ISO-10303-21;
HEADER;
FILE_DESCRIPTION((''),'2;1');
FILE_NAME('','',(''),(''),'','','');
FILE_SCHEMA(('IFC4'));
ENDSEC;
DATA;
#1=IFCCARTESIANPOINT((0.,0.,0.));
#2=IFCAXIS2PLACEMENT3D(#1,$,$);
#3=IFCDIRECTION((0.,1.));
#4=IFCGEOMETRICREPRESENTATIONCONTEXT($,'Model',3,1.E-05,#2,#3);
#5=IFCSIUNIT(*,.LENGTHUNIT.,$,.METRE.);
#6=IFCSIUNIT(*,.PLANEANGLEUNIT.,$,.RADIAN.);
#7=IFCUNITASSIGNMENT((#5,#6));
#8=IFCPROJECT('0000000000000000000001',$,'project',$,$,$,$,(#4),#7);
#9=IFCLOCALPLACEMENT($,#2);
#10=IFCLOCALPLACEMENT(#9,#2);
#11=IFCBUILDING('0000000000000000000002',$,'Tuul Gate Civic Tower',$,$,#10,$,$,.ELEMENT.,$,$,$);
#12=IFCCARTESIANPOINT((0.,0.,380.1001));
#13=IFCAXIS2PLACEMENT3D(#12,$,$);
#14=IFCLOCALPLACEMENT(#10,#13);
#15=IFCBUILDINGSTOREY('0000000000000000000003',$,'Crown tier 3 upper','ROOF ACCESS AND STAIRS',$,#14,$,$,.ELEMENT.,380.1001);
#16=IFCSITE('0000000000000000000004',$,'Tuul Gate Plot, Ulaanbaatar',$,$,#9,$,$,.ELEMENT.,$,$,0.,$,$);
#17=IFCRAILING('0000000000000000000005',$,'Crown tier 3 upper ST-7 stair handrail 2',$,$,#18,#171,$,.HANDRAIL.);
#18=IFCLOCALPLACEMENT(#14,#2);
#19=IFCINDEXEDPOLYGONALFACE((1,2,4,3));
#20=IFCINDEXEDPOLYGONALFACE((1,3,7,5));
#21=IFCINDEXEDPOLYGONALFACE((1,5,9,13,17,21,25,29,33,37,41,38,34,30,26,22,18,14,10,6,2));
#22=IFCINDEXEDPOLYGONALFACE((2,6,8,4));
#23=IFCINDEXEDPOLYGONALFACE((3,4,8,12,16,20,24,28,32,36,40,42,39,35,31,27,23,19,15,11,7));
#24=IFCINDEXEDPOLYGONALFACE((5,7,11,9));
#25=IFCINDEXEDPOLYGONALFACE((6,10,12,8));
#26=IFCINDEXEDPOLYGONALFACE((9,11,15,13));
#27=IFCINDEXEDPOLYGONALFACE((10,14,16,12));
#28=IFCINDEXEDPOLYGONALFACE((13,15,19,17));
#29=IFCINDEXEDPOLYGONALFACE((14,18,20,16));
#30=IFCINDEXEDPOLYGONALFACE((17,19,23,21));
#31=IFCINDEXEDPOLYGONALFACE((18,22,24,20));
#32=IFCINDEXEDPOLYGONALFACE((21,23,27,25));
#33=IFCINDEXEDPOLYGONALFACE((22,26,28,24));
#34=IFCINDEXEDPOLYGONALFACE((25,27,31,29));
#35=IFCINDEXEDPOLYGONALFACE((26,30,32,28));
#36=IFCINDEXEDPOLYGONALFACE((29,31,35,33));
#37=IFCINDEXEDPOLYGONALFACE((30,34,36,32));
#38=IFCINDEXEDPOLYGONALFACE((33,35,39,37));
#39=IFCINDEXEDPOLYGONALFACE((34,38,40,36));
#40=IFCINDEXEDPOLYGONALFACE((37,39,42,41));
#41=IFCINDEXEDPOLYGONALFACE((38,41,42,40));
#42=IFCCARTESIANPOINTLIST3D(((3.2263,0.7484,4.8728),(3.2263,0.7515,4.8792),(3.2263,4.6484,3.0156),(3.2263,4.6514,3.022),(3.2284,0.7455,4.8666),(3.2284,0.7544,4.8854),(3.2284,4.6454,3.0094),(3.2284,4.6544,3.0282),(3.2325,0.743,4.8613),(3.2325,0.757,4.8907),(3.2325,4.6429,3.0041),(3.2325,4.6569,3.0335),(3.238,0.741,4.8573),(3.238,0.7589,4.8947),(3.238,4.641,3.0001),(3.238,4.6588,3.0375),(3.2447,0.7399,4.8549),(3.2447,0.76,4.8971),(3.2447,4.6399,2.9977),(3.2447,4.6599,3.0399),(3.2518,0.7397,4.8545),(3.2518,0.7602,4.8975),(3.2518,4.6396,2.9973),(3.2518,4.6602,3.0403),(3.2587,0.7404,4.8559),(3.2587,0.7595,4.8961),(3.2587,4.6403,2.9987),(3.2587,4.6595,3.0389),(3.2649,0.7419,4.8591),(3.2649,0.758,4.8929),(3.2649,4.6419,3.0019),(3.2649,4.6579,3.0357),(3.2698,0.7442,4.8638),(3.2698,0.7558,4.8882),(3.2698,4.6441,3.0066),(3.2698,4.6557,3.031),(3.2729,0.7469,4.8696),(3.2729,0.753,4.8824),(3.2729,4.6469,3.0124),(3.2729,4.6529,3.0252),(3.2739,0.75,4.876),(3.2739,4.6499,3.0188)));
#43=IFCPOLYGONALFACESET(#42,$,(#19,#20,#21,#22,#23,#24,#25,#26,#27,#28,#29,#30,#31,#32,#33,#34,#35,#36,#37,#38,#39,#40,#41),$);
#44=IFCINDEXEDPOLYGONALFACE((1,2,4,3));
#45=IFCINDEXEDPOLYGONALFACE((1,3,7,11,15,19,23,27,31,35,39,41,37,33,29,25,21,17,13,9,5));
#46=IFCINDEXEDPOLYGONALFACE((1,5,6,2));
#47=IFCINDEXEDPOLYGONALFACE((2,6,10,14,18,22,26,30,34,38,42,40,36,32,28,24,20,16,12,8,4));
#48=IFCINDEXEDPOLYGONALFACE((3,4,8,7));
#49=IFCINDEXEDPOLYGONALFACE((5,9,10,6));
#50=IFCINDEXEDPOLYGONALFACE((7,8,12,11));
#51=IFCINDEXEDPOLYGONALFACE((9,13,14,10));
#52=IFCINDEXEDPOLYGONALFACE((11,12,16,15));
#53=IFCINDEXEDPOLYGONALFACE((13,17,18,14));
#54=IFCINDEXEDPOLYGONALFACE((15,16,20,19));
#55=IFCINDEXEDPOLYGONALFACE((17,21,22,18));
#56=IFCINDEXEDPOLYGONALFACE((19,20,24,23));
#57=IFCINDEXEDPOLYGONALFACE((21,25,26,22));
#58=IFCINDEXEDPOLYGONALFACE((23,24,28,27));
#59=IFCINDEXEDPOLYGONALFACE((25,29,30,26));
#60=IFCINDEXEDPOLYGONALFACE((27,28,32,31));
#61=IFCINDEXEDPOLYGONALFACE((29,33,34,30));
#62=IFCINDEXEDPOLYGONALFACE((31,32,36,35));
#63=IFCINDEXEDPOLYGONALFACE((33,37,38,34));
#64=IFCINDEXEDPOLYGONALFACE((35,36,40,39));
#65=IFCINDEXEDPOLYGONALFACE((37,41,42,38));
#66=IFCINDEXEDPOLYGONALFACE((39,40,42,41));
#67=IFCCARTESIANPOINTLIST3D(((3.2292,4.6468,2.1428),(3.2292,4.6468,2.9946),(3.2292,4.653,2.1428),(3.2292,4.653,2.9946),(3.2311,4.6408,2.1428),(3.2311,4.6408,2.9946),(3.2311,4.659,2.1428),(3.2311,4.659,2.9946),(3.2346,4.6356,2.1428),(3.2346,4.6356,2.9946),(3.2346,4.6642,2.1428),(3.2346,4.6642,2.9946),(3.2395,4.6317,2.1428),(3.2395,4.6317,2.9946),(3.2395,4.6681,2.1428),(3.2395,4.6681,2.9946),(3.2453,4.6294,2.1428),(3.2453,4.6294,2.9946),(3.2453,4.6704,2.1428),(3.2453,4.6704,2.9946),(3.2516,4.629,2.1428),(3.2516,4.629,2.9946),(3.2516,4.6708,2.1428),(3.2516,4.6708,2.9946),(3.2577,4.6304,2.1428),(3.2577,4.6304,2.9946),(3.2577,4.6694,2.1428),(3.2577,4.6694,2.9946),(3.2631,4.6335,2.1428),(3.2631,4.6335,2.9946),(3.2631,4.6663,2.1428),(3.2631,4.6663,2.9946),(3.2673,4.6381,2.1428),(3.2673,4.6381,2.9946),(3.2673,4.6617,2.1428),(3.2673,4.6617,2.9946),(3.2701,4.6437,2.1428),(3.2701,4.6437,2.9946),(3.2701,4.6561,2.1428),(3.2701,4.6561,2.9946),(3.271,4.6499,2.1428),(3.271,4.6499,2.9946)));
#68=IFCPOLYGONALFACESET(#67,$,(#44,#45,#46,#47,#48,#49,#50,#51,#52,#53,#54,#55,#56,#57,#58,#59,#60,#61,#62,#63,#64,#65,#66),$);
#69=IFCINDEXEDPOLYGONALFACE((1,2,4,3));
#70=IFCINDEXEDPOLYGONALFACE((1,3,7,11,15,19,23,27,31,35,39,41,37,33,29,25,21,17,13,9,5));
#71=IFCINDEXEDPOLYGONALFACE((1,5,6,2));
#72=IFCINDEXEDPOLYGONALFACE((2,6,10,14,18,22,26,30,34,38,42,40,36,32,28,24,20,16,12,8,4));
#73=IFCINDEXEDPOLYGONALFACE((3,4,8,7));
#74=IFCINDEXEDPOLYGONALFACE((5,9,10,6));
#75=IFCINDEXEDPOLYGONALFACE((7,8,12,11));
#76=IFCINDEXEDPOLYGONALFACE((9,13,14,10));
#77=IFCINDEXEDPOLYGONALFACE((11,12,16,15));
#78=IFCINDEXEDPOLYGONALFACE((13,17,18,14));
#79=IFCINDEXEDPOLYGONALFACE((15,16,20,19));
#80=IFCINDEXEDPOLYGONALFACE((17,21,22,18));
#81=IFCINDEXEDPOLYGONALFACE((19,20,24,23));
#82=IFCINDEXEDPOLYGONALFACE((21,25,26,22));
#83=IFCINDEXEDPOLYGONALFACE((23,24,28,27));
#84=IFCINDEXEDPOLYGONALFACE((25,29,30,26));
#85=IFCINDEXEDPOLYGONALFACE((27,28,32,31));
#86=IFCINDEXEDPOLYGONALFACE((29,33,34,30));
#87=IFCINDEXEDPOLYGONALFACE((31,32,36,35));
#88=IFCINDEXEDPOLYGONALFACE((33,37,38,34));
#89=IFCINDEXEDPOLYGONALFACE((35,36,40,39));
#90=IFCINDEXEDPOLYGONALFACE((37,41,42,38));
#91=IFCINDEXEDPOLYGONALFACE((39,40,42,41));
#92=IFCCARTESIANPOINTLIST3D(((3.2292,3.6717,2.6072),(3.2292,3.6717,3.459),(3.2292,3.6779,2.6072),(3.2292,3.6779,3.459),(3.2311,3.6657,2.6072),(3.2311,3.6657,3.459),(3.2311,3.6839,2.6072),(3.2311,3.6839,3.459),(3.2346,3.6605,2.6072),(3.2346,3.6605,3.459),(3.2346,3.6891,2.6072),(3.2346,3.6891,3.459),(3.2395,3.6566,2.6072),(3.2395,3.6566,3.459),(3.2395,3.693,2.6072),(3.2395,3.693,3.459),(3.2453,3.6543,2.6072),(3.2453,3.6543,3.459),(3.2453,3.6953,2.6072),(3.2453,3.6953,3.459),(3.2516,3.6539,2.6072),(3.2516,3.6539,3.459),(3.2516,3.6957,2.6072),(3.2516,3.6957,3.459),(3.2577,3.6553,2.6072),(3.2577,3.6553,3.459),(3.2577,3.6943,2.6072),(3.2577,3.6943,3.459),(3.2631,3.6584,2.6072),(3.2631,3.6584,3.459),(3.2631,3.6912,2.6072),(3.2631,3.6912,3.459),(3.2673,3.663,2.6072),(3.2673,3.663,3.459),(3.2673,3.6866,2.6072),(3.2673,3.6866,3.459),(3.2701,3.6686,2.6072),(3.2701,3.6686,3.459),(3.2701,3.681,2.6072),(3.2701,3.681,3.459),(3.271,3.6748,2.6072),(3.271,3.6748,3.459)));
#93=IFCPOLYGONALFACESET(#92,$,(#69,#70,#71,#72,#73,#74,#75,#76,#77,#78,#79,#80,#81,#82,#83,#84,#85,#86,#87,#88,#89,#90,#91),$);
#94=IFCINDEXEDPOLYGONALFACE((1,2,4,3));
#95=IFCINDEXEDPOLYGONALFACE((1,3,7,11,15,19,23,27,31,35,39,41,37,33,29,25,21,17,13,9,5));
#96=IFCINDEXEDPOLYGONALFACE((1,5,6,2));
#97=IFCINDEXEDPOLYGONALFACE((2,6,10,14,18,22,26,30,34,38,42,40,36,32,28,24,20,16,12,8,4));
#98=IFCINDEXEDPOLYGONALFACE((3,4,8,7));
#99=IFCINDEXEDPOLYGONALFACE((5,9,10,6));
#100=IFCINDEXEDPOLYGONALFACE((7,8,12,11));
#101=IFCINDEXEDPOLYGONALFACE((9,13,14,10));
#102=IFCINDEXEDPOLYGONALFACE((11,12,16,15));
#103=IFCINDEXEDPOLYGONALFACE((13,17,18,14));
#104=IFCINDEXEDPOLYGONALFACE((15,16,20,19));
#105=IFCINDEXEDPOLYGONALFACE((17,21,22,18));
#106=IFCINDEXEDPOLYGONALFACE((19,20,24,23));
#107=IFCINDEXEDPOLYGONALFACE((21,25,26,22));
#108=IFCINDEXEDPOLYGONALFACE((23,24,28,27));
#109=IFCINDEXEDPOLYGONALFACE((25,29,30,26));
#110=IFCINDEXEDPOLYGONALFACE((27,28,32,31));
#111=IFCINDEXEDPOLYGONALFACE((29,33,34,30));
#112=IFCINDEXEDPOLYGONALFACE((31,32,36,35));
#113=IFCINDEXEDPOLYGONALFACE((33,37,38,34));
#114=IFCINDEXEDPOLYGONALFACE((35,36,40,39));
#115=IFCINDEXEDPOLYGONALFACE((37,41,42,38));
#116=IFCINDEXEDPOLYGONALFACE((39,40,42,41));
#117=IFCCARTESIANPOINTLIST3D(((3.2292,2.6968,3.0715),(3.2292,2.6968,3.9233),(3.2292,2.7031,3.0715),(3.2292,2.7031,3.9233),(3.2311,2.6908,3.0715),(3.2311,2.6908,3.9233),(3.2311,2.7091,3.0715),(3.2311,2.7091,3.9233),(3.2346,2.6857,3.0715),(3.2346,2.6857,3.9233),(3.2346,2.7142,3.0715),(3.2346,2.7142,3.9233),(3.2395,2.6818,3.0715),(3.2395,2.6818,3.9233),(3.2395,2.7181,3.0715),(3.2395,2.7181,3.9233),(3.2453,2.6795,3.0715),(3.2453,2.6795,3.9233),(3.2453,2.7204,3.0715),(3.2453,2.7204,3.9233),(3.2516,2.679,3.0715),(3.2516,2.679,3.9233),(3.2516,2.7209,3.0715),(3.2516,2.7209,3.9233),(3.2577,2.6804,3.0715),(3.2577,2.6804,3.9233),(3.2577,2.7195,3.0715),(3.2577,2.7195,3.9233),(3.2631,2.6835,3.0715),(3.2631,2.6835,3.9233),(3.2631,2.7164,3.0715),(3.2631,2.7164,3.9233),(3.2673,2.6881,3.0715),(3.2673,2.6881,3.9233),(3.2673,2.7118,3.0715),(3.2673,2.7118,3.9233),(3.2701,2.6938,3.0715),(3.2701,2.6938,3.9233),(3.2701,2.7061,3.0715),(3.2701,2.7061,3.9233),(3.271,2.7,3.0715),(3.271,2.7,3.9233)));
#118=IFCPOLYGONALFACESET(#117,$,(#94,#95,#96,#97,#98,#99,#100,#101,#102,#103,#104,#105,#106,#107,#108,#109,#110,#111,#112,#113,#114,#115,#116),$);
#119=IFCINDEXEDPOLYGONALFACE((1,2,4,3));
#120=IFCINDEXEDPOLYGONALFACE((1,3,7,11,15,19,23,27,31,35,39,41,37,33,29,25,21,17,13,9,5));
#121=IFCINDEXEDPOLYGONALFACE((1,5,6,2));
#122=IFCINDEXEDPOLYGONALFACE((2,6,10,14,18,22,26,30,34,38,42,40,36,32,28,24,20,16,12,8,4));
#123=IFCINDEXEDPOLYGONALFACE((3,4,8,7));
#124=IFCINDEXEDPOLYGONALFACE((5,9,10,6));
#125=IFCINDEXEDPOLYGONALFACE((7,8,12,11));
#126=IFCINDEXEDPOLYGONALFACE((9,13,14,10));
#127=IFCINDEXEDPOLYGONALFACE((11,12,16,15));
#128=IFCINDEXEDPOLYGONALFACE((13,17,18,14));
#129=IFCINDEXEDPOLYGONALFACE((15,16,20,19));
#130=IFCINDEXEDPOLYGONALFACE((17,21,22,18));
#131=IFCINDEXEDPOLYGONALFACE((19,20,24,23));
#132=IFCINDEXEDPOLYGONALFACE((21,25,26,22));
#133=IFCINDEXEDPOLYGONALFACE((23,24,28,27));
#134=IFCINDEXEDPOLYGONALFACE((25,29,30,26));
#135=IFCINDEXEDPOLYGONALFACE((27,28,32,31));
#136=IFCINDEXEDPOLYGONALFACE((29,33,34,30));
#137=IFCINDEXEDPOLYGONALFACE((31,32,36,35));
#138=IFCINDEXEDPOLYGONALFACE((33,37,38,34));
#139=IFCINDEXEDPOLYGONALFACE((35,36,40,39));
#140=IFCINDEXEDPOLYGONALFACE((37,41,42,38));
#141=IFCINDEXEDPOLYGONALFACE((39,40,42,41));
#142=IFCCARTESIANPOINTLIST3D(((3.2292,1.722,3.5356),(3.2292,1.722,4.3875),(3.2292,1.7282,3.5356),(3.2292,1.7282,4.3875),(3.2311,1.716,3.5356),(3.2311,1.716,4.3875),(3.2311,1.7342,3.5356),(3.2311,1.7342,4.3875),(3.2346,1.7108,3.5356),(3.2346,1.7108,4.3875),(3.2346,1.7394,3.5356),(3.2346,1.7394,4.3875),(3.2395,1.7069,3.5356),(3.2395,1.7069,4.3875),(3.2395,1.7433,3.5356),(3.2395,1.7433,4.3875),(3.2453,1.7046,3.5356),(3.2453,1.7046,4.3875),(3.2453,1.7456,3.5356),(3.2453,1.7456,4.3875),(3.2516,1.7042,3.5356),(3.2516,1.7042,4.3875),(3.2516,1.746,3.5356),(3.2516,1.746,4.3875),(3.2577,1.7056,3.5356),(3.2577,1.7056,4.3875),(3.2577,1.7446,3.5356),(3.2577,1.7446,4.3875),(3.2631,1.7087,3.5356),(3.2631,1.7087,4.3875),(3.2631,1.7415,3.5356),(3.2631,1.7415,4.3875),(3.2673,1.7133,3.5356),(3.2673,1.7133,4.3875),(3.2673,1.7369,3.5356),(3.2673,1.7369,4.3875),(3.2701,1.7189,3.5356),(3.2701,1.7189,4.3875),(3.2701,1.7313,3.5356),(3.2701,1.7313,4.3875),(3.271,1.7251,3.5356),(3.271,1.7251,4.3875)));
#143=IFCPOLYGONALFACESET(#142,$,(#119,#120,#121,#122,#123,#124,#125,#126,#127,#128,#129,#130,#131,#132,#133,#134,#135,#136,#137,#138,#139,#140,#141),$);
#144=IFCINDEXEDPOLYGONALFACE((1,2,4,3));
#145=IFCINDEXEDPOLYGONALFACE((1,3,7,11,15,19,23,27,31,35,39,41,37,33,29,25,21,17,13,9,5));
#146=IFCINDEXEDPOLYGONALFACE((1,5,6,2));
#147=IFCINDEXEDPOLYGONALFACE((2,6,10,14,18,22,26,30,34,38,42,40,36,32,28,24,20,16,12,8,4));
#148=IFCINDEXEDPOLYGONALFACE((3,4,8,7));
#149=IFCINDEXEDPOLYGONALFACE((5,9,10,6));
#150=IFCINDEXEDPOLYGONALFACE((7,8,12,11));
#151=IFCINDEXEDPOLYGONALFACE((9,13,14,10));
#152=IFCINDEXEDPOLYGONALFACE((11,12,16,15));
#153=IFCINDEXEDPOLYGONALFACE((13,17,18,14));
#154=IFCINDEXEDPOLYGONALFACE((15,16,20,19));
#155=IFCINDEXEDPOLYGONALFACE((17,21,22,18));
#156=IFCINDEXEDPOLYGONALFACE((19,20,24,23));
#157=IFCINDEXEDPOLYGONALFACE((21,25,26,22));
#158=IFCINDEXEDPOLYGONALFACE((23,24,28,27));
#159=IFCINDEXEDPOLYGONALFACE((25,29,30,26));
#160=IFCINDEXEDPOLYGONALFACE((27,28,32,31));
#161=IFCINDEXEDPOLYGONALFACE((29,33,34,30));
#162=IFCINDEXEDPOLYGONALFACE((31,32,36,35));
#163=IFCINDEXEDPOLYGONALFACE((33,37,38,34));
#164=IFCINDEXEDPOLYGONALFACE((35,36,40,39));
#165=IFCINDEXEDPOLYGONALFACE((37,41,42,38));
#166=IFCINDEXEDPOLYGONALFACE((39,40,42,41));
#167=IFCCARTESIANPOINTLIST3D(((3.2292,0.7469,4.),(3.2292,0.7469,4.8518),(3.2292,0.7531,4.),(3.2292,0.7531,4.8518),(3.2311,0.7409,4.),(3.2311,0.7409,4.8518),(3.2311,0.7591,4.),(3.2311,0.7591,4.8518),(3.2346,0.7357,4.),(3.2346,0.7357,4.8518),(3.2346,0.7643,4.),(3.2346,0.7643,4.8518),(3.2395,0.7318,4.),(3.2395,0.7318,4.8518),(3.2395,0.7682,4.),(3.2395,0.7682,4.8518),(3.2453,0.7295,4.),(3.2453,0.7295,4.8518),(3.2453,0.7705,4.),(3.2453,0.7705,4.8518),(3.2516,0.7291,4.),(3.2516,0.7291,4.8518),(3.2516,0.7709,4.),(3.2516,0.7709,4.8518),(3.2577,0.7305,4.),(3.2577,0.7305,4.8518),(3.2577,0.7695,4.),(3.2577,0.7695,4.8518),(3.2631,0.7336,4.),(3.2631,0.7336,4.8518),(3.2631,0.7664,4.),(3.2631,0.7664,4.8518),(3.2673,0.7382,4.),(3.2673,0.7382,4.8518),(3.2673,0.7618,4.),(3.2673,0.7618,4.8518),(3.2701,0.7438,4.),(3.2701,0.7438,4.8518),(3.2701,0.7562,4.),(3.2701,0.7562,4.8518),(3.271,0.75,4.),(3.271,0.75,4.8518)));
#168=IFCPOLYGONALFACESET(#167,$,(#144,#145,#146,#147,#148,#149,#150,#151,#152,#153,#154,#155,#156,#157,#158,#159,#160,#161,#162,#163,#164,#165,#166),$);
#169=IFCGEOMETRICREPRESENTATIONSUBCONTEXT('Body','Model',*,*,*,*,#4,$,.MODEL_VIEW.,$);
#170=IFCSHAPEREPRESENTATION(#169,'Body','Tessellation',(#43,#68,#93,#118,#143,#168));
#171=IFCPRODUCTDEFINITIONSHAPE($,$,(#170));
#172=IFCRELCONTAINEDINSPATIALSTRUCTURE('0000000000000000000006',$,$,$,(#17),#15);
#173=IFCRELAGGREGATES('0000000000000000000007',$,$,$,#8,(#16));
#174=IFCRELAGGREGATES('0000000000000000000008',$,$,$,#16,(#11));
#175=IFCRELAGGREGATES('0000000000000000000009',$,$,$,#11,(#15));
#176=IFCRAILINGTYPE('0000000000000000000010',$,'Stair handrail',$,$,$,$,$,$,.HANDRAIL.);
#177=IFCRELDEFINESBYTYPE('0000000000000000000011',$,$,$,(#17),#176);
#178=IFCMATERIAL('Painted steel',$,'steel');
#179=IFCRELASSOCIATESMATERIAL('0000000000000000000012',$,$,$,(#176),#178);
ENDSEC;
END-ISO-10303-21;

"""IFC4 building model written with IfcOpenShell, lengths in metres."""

from ifc_helpers import new_model, si_unit, direction, frame, origin, origin_2d, place, context, subcontext, project, spatial, circle, extrude, material, type_object, element, save


model = new_model("IFC4")

# Units and contexts
model_context = context("Model", 3, precision=1e-05, world=origin(), true_north=direction((0.0, 1.0)))
body_context = subcontext(model_context, "Body", "Model", "MODEL_VIEW")
ifc_project = project(units=[si_unit("LENGTHUNIT", "METRE"), si_unit("PLANEANGLEUNIT", "RADIAN")], contexts=[model_context])

# Site, building, storey
site_placement = place(None, origin())
site = spatial("IfcSite", under=ifc_project, at=site_placement, Name="Tuul Gate Plot, Ulaanbaatar", CompositionType="ELEMENT", RefElevation=0.0)
building_placement = place(site_placement, origin())
building = spatial("IfcBuilding", under=site, at=building_placement, Name="Tuul Gate Civic Tower", CompositionType="ELEMENT")
storey_placement = place(building_placement, frame((0.0, 0.0, 380.1001)))
storey = spatial("IfcBuildingStorey", under=building, at=storey_placement, Name="Crown tier 3 upper", Description="ROOF ACCESS AND STAIRS", CompositionType="ELEMENT", Elevation=380.1001)

# Railing
ifc_material_1 = material(Name="Painted steel", Category="steel")
railing_type_1 = type_object("IfcRailingType", Name="Stair handrail", PredefinedType="HANDRAIL", material=ifc_material_1)
railing_1_placement = place(storey_placement, frame((3.25, 4.6499, 2.1428)))
element("IfcRailing", 1, at=railing_1_placement, inside=storey, type_object=railing_type_1, Name="Crown tier 3 upper ST-7 stair handrail 2", PredefinedType="HANDRAIL", context=body_context, shape_type="SweptSolid", body=[
    extrude(circle(Radius=0.0239, at=origin_2d()), frame((0.0, 0.0, 0.876), z_axis=(0.0, -0.902853, 0.429949), x_axis=(1.0, 0.0, 0.0)), (0.0, 0.0, 1.0), 4.3196),
    extrude(circle(Radius=0.021, at=origin_2d()), origin(), (0.0, 0.0, 1.0), 0.8518),
    extrude(circle(Radius=0.021, at=origin_2d()), frame((0.0, -0.9751, 0.4644)), (0.0, 0.0, 1.0), 0.8518),
    extrude(circle(Radius=0.021, at=origin_2d()), frame((0.0, -1.95, 0.9287)), (0.0, 0.0, 1.0), 0.8518),
    extrude(circle(Radius=0.021, at=origin_2d()), frame((0.0, -2.9248, 1.3928)), (0.0, 0.0, 1.0), 0.8518),
    extrude(circle(Radius=0.021, at=origin_2d()), frame((0.0, -3.8999, 1.8572)), (0.0, 0.0, 1.0), 0.8518),
])

save(model, "model.ifc")
